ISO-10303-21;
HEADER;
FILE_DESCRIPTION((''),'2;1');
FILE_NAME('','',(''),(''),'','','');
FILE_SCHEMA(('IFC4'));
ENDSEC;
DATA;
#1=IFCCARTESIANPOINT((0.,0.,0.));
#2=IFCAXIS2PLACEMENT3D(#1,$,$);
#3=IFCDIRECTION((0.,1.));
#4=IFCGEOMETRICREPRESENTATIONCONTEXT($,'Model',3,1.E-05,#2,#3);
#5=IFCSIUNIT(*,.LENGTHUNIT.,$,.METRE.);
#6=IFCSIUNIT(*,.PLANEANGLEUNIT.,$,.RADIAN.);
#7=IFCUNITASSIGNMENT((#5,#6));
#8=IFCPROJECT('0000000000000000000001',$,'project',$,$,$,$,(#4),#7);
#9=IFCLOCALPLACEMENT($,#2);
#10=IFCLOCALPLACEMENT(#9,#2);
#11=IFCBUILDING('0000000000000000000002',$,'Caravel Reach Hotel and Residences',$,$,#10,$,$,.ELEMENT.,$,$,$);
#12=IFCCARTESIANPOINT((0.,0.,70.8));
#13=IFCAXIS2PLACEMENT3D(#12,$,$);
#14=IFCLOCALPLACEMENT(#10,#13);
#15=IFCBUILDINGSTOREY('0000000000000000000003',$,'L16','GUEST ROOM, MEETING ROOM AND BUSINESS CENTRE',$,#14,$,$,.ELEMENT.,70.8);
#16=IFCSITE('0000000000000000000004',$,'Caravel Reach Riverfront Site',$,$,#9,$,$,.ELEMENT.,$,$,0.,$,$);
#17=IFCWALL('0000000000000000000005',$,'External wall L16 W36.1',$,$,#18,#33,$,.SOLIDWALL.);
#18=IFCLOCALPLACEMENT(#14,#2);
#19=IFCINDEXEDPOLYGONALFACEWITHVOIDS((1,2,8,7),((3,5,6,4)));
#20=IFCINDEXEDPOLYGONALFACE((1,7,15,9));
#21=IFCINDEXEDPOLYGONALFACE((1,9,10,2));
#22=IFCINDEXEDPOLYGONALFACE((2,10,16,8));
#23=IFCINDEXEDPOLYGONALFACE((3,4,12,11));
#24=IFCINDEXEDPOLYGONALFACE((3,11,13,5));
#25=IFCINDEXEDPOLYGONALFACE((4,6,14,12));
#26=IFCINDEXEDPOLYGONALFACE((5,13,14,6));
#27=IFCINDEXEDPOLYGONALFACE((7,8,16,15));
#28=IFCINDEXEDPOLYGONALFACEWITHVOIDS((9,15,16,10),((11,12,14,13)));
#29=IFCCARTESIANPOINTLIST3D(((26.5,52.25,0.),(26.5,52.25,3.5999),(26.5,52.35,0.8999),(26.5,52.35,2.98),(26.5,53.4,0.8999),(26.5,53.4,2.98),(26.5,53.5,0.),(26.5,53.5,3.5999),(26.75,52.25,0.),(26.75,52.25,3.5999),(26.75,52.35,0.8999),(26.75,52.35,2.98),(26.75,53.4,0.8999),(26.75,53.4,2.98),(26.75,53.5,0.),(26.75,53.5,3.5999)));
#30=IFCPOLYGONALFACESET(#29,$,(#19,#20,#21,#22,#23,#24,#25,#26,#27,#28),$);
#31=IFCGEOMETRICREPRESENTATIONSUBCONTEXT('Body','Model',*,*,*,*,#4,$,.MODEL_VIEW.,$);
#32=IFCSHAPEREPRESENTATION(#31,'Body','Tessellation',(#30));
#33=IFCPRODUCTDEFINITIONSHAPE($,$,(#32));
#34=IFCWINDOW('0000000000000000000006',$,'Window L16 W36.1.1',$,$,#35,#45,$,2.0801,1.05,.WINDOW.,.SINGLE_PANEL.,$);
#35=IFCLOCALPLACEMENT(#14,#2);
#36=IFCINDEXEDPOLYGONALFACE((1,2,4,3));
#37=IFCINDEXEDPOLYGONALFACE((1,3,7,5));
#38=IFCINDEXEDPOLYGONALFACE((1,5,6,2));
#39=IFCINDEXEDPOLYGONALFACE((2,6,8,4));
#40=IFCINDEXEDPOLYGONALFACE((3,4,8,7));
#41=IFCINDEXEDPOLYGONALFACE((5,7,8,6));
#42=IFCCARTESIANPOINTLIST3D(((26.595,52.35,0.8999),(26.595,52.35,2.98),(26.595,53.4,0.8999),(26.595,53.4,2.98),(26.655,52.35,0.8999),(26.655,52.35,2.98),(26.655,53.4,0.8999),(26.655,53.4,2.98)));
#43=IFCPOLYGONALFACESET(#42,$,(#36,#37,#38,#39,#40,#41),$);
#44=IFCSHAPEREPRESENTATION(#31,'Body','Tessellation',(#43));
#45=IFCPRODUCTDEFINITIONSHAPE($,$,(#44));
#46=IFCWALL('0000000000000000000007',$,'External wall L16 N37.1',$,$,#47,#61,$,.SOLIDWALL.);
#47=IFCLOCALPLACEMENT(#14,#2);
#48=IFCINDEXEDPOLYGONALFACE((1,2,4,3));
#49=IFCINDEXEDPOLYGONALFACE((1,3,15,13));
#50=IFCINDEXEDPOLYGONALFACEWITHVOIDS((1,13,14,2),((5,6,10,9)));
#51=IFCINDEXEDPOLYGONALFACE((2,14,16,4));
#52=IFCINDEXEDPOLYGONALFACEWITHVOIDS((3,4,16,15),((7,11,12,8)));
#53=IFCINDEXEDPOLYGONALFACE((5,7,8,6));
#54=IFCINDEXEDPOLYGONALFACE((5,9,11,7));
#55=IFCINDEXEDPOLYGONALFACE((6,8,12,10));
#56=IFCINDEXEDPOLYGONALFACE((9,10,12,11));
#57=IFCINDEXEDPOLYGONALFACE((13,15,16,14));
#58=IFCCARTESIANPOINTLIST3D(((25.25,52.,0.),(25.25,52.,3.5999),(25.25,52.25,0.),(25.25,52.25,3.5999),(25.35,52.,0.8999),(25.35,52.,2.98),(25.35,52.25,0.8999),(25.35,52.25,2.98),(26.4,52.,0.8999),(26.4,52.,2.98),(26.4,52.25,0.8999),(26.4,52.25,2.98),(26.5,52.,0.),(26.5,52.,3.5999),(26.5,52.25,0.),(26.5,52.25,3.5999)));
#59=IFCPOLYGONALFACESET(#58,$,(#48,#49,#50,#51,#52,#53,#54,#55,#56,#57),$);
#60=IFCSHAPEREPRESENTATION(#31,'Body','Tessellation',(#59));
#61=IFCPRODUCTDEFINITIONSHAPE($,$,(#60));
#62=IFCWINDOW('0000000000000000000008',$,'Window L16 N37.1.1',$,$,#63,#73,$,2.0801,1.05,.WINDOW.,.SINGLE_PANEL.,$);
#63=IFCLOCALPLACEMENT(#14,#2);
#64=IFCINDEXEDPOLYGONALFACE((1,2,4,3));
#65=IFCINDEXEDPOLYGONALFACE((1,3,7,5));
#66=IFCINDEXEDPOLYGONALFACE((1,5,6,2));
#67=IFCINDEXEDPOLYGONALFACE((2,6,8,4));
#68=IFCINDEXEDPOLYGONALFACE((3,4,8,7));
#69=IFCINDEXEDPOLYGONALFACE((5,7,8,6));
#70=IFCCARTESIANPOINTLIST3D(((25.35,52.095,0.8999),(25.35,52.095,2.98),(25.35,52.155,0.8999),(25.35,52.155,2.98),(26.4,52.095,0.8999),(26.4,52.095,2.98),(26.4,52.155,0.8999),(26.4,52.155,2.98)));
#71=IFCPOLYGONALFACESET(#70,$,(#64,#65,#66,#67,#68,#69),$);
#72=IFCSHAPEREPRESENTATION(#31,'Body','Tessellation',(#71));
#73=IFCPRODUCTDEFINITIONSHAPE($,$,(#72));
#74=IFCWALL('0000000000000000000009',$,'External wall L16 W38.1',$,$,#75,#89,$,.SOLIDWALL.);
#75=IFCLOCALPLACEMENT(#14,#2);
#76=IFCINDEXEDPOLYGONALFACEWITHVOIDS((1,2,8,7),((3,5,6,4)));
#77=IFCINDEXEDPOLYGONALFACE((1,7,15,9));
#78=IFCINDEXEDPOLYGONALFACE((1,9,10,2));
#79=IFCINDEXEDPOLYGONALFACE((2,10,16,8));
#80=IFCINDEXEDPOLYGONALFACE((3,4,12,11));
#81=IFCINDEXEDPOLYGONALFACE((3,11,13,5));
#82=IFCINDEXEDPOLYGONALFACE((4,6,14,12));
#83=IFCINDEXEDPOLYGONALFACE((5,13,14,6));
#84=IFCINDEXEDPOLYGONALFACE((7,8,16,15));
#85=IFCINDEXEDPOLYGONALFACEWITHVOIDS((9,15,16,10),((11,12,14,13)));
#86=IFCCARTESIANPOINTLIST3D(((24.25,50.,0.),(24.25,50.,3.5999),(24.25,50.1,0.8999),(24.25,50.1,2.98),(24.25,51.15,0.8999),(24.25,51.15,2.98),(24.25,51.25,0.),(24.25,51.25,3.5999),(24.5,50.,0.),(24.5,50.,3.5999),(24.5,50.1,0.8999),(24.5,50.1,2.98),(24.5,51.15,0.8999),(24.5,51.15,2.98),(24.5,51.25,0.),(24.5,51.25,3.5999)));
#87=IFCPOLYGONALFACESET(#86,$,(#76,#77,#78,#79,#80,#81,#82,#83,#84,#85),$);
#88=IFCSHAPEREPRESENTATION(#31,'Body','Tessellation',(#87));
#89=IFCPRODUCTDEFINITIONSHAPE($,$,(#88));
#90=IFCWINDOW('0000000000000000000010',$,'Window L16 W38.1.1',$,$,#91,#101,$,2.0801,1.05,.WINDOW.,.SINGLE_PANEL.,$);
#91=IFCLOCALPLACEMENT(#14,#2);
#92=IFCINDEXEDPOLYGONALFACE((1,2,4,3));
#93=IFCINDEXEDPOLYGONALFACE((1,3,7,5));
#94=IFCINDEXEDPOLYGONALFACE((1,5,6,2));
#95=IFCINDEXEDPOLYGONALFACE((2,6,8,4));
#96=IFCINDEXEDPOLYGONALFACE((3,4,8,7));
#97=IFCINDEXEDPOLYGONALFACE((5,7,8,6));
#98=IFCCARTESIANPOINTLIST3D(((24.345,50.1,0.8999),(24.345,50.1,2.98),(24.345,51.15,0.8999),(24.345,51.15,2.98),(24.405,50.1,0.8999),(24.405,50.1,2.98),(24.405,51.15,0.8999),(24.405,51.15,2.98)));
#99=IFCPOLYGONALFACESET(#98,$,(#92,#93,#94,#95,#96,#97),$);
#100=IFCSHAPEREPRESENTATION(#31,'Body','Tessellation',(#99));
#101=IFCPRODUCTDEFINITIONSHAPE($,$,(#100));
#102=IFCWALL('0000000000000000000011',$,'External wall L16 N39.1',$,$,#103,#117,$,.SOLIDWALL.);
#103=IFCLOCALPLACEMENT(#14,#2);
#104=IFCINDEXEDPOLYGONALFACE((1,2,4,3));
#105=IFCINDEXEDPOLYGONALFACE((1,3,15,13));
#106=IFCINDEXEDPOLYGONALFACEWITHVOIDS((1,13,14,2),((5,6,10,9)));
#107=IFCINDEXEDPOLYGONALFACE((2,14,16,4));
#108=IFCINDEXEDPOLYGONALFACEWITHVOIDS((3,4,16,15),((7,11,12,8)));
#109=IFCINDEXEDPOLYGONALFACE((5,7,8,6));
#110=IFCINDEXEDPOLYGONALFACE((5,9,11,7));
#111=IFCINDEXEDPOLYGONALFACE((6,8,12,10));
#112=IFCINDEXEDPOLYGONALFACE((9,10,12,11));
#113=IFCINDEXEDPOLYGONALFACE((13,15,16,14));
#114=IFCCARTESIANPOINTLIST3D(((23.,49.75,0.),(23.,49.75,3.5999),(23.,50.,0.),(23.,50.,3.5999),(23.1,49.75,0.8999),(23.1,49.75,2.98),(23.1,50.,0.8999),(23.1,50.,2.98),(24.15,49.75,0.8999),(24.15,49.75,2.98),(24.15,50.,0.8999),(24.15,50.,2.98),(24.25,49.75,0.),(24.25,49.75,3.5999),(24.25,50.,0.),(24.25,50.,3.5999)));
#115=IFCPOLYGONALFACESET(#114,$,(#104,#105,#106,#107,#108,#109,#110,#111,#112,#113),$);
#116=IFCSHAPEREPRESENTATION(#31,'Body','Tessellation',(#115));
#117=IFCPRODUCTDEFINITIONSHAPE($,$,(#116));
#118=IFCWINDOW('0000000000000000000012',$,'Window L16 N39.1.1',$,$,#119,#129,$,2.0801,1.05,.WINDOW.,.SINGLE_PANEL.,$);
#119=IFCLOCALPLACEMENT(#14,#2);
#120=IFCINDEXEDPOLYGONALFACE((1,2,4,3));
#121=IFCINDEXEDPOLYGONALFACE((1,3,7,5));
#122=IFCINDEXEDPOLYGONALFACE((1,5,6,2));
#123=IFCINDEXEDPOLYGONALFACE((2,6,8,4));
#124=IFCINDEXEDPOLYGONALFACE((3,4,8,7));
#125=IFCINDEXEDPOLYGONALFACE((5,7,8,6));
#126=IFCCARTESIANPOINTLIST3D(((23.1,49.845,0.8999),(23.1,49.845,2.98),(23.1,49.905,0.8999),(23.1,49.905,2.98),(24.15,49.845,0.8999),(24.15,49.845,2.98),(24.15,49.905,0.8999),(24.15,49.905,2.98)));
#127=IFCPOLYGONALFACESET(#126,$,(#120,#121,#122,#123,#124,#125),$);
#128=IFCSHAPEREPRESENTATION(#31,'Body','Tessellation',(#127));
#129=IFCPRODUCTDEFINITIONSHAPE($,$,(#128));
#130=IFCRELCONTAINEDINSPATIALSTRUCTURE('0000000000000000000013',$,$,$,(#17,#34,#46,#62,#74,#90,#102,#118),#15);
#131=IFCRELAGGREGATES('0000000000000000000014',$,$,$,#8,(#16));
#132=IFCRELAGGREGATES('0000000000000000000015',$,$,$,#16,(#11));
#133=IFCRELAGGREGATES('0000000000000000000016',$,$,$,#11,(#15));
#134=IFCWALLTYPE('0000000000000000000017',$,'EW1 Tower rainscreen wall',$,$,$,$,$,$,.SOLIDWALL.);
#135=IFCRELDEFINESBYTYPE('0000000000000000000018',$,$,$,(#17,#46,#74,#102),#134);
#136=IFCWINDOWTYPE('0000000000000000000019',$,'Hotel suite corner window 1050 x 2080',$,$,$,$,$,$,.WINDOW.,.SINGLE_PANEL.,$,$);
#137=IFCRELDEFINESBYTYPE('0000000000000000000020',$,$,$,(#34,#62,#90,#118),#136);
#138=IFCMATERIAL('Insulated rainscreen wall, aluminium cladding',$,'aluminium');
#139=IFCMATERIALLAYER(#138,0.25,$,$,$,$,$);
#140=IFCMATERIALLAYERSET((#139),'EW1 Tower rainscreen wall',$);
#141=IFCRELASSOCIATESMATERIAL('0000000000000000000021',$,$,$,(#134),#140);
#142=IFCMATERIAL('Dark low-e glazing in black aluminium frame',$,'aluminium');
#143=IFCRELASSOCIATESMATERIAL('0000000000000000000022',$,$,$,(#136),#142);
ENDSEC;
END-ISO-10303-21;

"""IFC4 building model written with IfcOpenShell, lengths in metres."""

from ifc_helpers import new_model, si_unit, direction, frame, frame_2d, origin, place, context, subcontext, project, spatial, rectangle, extrude, material, layer, layer_set, type_object, element, fill, save


model = new_model("IFC4")

# Units and contexts
model_context = context("Model", 3, precision=1e-05, world=origin(), true_north=direction((0.0, 1.0)))
body_context = subcontext(model_context, "Body", "Model", "MODEL_VIEW")
ifc_project = project(units=[si_unit("LENGTHUNIT", "METRE"), si_unit("PLANEANGLEUNIT", "RADIAN")], contexts=[model_context])

# Site, building, storey
site_placement = place(None, origin())
site = spatial("IfcSite", under=ifc_project, at=site_placement, Name="Caravel Reach Riverfront Site", CompositionType="ELEMENT", RefElevation=0.0)
building_placement = place(site_placement, origin())
building = spatial("IfcBuilding", under=site, at=building_placement, Name="Caravel Reach Hotel and Residences", CompositionType="ELEMENT")
storey_placement = place(building_placement, frame((0.0, 0.0, 70.8)))
storey = spatial("IfcBuildingStorey", under=building, at=storey_placement, Name="L16", Description="GUEST ROOM, MEETING ROOM AND BUSINESS CENTRE", CompositionType="ELEMENT", Elevation=70.8)

# Walls, openings, windows
ifc_material_1 = material(Name="Insulated rainscreen wall, aluminium cladding", Category="aluminium")
ifc_layer_1 = layer(ifc_material_1, 0.25)
ifc_layer_set_1 = layer_set([ifc_layer_1], Name="EW1 Tower rainscreen wall")
wall_type_1 = type_object("IfcWallType", Name="EW1 Tower rainscreen wall", PredefinedType="SOLIDWALL", material=ifc_layer_set_1)
wall_1_placement = place(storey_placement, frame((26.625, 53.5, 0.0), z_axis=(0.0, 0.0, 1.0), x_axis=(0.0, -1.0, 0.0)))
wall_1 = element("IfcWall", 1, at=wall_1_placement, inside=storey, type_object=wall_type_1, Name="External wall L16 W36.1", PredefinedType="SOLIDWALL", context=body_context, shape_type="SweptSolid", body=[
    extrude(rectangle(XDim=1.25, YDim=0.25, at=frame_2d((0.625, 0.0))), origin(), (0.0, 0.0, 1.0), 3.5999),
])
opening_1_placement = place(wall_1_placement, frame((0.1001, 0.0, 0.8999)))
opening_1 = element("IfcOpeningElement", 2, at=opening_1_placement, cuts=wall_1, PredefinedType="OPENING", context=body_context, shape_type="SweptSolid", body=[
    extrude(rectangle(XDim=1.05, YDim=2.0801, at=frame_2d((0.5249, 1.04))), frame((0.0, 0.135, 0.0), z_axis=(0.0, -1.0, 0.0), x_axis=(1.0, 0.0, 0.0)), (0.0, 0.0, 1.0), 0.27),
])
ifc_material_2 = material(Name="Dark low-e glazing in black aluminium frame", Category="aluminium")
window_type_1 = type_object("IfcWindowType", Name="Hotel suite corner window 1050 x 2080", PartitioningType="SINGLE_PANEL", PredefinedType="WINDOW", material=ifc_material_2)
window_1_placement = place(opening_1_placement, origin())
window_1 = element("IfcWindow", 3, at=window_1_placement, inside=storey, type_object=window_type_1, Name="Window L16 W36.1.1", OverallHeight=2.0801, OverallWidth=1.05, PartitioningType="SINGLE_PANEL", PredefinedType="WINDOW", context=body_context, shape_type="SweptSolid", body=[
    extrude(rectangle(XDim=1.05, YDim=2.0801, at=frame_2d((0.5249, 1.04))), frame((0.0, 0.03, 0.0), z_axis=(0.0, -1.0, 0.0), x_axis=(1.0, 0.0, 0.0)), (0.0, 0.0, 1.0), 0.0601),
])
fill(opening_1, window_1)
wall_2_placement = place(storey_placement, frame((26.5, 52.125, 0.0), z_axis=(0.0, 0.0, 1.0), x_axis=(-1.0, 0.0, 0.0)))
wall_2 = element("IfcWall", 4, at=wall_2_placement, inside=storey, type_object=wall_type_1, Name="External wall L16 N37.1", PredefinedType="SOLIDWALL", context=body_context, shape_type="SweptSolid", body=[
    extrude(rectangle(XDim=1.25, YDim=0.25, at=frame_2d((0.625, 0.0))), origin(), (0.0, 0.0, 1.0), 3.5999),
])
opening_2_placement = place(wall_2_placement, frame((0.1001, 0.0, 0.8999)))
opening_2 = element("IfcOpeningElement", 5, at=opening_2_placement, cuts=wall_2, PredefinedType="OPENING", context=body_context, shape_type="SweptSolid", body=[
    extrude(rectangle(XDim=1.05, YDim=2.0801, at=frame_2d((0.5249, 1.04))), frame((0.0, 0.135, 0.0), z_axis=(0.0, -1.0, 0.0), x_axis=(1.0, 0.0, 0.0)), (0.0, 0.0, 1.0), 0.27),
])
window_2_placement = place(opening_2_placement, origin())
window_2 = element("IfcWindow", 6, at=window_2_placement, inside=storey, type_object=window_type_1, Name="Window L16 N37.1.1", OverallHeight=2.0801, OverallWidth=1.05, PartitioningType="SINGLE_PANEL", PredefinedType="WINDOW", context=body_context, shape_type="SweptSolid", body=[
    extrude(rectangle(XDim=1.05, YDim=2.0801, at=frame_2d((0.5249, 1.04))), frame((0.0, 0.03, 0.0), z_axis=(0.0, -1.0, 0.0), x_axis=(1.0, 0.0, 0.0)), (0.0, 0.0, 1.0), 0.0601),
])
fill(opening_2, window_2)
wall_3_placement = place(storey_placement, frame((24.375, 51.25, 0.0), z_axis=(0.0, 0.0, 1.0), x_axis=(0.0, -1.0, 0.0)))
wall_3 = element("IfcWall", 7, at=wall_3_placement, inside=storey, type_object=wall_type_1, Name="External wall L16 W38.1", PredefinedType="SOLIDWALL", context=body_context, shape_type="SweptSolid", body=[
    extrude(rectangle(XDim=1.25, YDim=0.25, at=frame_2d((0.625, 0.0))), origin(), (0.0, 0.0, 1.0), 3.5999),
])
opening_3_placement = place(wall_3_placement, frame((0.1001, 0.0, 0.8999)))
opening_3 = element("IfcOpeningElement", 8, at=opening_3_placement, cuts=wall_3, PredefinedType="OPENING", context=body_context, shape_type="SweptSolid", body=[
    extrude(rectangle(XDim=1.05, YDim=2.0801, at=frame_2d((0.5249, 1.04))), frame((0.0, 0.135, 0.0), z_axis=(0.0, -1.0, 0.0), x_axis=(1.0, 0.0, 0.0)), (0.0, 0.0, 1.0), 0.27),
])
window_3_placement = place(opening_3_placement, origin())
window_3 = element("IfcWindow", 9, at=window_3_placement, inside=storey, type_object=window_type_1, Name="Window L16 W38.1.1", OverallHeight=2.0801, OverallWidth=1.05, PartitioningType="SINGLE_PANEL", PredefinedType="WINDOW", context=body_context, shape_type="SweptSolid", body=[
    extrude(rectangle(XDim=1.05, YDim=2.0801, at=frame_2d((0.5249, 1.04))), frame((0.0, 0.03, 0.0), z_axis=(0.0, -1.0, 0.0), x_axis=(1.0, 0.0, 0.0)), (0.0, 0.0, 1.0), 0.0601),
])
fill(opening_3, window_3)
wall_4_placement = place(storey_placement, frame((24.25, 49.875, 0.0), z_axis=(0.0, 0.0, 1.0), x_axis=(-1.0, 0.0, 0.0)))
wall_4 = element("IfcWall", 10, at=wall_4_placement, inside=storey, type_object=wall_type_1, Name="External wall L16 N39.1", PredefinedType="SOLIDWALL", context=body_context, shape_type="SweptSolid", body=[
    extrude(rectangle(XDim=1.25, YDim=0.25, at=frame_2d((0.625, 0.0))), origin(), (0.0, 0.0, 1.0), 3.5999),
])
opening_4_placement = place(wall_4_placement, frame((0.1001, 0.0, 0.8999)))
opening_4 = element("IfcOpeningElement", 11, at=opening_4_placement, cuts=wall_4, PredefinedType="OPENING", context=body_context, shape_type="SweptSolid", body=[
    extrude(rectangle(XDim=1.05, YDim=2.0801, at=frame_2d((0.5249, 1.04))), frame((0.0, 0.135, 0.0), z_axis=(0.0, -1.0, 0.0), x_axis=(1.0, 0.0, 0.0)), (0.0, 0.0, 1.0), 0.27),
])
window_4_placement = place(opening_4_placement, origin())
window_4 = element("IfcWindow", 12, at=window_4_placement, inside=storey, type_object=window_type_1, Name="Window L16 N39.1.1", OverallHeight=2.0801, OverallWidth=1.05, PartitioningType="SINGLE_PANEL", PredefinedType="WINDOW", context=body_context, shape_type="SweptSolid", body=[
    extrude(rectangle(XDim=1.05, YDim=2.0801, at=frame_2d((0.5249, 1.04))), frame((0.0, 0.03, 0.0), z_axis=(0.0, -1.0, 0.0), x_axis=(1.0, 0.0, 0.0)), (0.0, 0.0, 1.0), 0.0601),
])
fill(opening_4, window_4)

save(model, "model.ifc")
